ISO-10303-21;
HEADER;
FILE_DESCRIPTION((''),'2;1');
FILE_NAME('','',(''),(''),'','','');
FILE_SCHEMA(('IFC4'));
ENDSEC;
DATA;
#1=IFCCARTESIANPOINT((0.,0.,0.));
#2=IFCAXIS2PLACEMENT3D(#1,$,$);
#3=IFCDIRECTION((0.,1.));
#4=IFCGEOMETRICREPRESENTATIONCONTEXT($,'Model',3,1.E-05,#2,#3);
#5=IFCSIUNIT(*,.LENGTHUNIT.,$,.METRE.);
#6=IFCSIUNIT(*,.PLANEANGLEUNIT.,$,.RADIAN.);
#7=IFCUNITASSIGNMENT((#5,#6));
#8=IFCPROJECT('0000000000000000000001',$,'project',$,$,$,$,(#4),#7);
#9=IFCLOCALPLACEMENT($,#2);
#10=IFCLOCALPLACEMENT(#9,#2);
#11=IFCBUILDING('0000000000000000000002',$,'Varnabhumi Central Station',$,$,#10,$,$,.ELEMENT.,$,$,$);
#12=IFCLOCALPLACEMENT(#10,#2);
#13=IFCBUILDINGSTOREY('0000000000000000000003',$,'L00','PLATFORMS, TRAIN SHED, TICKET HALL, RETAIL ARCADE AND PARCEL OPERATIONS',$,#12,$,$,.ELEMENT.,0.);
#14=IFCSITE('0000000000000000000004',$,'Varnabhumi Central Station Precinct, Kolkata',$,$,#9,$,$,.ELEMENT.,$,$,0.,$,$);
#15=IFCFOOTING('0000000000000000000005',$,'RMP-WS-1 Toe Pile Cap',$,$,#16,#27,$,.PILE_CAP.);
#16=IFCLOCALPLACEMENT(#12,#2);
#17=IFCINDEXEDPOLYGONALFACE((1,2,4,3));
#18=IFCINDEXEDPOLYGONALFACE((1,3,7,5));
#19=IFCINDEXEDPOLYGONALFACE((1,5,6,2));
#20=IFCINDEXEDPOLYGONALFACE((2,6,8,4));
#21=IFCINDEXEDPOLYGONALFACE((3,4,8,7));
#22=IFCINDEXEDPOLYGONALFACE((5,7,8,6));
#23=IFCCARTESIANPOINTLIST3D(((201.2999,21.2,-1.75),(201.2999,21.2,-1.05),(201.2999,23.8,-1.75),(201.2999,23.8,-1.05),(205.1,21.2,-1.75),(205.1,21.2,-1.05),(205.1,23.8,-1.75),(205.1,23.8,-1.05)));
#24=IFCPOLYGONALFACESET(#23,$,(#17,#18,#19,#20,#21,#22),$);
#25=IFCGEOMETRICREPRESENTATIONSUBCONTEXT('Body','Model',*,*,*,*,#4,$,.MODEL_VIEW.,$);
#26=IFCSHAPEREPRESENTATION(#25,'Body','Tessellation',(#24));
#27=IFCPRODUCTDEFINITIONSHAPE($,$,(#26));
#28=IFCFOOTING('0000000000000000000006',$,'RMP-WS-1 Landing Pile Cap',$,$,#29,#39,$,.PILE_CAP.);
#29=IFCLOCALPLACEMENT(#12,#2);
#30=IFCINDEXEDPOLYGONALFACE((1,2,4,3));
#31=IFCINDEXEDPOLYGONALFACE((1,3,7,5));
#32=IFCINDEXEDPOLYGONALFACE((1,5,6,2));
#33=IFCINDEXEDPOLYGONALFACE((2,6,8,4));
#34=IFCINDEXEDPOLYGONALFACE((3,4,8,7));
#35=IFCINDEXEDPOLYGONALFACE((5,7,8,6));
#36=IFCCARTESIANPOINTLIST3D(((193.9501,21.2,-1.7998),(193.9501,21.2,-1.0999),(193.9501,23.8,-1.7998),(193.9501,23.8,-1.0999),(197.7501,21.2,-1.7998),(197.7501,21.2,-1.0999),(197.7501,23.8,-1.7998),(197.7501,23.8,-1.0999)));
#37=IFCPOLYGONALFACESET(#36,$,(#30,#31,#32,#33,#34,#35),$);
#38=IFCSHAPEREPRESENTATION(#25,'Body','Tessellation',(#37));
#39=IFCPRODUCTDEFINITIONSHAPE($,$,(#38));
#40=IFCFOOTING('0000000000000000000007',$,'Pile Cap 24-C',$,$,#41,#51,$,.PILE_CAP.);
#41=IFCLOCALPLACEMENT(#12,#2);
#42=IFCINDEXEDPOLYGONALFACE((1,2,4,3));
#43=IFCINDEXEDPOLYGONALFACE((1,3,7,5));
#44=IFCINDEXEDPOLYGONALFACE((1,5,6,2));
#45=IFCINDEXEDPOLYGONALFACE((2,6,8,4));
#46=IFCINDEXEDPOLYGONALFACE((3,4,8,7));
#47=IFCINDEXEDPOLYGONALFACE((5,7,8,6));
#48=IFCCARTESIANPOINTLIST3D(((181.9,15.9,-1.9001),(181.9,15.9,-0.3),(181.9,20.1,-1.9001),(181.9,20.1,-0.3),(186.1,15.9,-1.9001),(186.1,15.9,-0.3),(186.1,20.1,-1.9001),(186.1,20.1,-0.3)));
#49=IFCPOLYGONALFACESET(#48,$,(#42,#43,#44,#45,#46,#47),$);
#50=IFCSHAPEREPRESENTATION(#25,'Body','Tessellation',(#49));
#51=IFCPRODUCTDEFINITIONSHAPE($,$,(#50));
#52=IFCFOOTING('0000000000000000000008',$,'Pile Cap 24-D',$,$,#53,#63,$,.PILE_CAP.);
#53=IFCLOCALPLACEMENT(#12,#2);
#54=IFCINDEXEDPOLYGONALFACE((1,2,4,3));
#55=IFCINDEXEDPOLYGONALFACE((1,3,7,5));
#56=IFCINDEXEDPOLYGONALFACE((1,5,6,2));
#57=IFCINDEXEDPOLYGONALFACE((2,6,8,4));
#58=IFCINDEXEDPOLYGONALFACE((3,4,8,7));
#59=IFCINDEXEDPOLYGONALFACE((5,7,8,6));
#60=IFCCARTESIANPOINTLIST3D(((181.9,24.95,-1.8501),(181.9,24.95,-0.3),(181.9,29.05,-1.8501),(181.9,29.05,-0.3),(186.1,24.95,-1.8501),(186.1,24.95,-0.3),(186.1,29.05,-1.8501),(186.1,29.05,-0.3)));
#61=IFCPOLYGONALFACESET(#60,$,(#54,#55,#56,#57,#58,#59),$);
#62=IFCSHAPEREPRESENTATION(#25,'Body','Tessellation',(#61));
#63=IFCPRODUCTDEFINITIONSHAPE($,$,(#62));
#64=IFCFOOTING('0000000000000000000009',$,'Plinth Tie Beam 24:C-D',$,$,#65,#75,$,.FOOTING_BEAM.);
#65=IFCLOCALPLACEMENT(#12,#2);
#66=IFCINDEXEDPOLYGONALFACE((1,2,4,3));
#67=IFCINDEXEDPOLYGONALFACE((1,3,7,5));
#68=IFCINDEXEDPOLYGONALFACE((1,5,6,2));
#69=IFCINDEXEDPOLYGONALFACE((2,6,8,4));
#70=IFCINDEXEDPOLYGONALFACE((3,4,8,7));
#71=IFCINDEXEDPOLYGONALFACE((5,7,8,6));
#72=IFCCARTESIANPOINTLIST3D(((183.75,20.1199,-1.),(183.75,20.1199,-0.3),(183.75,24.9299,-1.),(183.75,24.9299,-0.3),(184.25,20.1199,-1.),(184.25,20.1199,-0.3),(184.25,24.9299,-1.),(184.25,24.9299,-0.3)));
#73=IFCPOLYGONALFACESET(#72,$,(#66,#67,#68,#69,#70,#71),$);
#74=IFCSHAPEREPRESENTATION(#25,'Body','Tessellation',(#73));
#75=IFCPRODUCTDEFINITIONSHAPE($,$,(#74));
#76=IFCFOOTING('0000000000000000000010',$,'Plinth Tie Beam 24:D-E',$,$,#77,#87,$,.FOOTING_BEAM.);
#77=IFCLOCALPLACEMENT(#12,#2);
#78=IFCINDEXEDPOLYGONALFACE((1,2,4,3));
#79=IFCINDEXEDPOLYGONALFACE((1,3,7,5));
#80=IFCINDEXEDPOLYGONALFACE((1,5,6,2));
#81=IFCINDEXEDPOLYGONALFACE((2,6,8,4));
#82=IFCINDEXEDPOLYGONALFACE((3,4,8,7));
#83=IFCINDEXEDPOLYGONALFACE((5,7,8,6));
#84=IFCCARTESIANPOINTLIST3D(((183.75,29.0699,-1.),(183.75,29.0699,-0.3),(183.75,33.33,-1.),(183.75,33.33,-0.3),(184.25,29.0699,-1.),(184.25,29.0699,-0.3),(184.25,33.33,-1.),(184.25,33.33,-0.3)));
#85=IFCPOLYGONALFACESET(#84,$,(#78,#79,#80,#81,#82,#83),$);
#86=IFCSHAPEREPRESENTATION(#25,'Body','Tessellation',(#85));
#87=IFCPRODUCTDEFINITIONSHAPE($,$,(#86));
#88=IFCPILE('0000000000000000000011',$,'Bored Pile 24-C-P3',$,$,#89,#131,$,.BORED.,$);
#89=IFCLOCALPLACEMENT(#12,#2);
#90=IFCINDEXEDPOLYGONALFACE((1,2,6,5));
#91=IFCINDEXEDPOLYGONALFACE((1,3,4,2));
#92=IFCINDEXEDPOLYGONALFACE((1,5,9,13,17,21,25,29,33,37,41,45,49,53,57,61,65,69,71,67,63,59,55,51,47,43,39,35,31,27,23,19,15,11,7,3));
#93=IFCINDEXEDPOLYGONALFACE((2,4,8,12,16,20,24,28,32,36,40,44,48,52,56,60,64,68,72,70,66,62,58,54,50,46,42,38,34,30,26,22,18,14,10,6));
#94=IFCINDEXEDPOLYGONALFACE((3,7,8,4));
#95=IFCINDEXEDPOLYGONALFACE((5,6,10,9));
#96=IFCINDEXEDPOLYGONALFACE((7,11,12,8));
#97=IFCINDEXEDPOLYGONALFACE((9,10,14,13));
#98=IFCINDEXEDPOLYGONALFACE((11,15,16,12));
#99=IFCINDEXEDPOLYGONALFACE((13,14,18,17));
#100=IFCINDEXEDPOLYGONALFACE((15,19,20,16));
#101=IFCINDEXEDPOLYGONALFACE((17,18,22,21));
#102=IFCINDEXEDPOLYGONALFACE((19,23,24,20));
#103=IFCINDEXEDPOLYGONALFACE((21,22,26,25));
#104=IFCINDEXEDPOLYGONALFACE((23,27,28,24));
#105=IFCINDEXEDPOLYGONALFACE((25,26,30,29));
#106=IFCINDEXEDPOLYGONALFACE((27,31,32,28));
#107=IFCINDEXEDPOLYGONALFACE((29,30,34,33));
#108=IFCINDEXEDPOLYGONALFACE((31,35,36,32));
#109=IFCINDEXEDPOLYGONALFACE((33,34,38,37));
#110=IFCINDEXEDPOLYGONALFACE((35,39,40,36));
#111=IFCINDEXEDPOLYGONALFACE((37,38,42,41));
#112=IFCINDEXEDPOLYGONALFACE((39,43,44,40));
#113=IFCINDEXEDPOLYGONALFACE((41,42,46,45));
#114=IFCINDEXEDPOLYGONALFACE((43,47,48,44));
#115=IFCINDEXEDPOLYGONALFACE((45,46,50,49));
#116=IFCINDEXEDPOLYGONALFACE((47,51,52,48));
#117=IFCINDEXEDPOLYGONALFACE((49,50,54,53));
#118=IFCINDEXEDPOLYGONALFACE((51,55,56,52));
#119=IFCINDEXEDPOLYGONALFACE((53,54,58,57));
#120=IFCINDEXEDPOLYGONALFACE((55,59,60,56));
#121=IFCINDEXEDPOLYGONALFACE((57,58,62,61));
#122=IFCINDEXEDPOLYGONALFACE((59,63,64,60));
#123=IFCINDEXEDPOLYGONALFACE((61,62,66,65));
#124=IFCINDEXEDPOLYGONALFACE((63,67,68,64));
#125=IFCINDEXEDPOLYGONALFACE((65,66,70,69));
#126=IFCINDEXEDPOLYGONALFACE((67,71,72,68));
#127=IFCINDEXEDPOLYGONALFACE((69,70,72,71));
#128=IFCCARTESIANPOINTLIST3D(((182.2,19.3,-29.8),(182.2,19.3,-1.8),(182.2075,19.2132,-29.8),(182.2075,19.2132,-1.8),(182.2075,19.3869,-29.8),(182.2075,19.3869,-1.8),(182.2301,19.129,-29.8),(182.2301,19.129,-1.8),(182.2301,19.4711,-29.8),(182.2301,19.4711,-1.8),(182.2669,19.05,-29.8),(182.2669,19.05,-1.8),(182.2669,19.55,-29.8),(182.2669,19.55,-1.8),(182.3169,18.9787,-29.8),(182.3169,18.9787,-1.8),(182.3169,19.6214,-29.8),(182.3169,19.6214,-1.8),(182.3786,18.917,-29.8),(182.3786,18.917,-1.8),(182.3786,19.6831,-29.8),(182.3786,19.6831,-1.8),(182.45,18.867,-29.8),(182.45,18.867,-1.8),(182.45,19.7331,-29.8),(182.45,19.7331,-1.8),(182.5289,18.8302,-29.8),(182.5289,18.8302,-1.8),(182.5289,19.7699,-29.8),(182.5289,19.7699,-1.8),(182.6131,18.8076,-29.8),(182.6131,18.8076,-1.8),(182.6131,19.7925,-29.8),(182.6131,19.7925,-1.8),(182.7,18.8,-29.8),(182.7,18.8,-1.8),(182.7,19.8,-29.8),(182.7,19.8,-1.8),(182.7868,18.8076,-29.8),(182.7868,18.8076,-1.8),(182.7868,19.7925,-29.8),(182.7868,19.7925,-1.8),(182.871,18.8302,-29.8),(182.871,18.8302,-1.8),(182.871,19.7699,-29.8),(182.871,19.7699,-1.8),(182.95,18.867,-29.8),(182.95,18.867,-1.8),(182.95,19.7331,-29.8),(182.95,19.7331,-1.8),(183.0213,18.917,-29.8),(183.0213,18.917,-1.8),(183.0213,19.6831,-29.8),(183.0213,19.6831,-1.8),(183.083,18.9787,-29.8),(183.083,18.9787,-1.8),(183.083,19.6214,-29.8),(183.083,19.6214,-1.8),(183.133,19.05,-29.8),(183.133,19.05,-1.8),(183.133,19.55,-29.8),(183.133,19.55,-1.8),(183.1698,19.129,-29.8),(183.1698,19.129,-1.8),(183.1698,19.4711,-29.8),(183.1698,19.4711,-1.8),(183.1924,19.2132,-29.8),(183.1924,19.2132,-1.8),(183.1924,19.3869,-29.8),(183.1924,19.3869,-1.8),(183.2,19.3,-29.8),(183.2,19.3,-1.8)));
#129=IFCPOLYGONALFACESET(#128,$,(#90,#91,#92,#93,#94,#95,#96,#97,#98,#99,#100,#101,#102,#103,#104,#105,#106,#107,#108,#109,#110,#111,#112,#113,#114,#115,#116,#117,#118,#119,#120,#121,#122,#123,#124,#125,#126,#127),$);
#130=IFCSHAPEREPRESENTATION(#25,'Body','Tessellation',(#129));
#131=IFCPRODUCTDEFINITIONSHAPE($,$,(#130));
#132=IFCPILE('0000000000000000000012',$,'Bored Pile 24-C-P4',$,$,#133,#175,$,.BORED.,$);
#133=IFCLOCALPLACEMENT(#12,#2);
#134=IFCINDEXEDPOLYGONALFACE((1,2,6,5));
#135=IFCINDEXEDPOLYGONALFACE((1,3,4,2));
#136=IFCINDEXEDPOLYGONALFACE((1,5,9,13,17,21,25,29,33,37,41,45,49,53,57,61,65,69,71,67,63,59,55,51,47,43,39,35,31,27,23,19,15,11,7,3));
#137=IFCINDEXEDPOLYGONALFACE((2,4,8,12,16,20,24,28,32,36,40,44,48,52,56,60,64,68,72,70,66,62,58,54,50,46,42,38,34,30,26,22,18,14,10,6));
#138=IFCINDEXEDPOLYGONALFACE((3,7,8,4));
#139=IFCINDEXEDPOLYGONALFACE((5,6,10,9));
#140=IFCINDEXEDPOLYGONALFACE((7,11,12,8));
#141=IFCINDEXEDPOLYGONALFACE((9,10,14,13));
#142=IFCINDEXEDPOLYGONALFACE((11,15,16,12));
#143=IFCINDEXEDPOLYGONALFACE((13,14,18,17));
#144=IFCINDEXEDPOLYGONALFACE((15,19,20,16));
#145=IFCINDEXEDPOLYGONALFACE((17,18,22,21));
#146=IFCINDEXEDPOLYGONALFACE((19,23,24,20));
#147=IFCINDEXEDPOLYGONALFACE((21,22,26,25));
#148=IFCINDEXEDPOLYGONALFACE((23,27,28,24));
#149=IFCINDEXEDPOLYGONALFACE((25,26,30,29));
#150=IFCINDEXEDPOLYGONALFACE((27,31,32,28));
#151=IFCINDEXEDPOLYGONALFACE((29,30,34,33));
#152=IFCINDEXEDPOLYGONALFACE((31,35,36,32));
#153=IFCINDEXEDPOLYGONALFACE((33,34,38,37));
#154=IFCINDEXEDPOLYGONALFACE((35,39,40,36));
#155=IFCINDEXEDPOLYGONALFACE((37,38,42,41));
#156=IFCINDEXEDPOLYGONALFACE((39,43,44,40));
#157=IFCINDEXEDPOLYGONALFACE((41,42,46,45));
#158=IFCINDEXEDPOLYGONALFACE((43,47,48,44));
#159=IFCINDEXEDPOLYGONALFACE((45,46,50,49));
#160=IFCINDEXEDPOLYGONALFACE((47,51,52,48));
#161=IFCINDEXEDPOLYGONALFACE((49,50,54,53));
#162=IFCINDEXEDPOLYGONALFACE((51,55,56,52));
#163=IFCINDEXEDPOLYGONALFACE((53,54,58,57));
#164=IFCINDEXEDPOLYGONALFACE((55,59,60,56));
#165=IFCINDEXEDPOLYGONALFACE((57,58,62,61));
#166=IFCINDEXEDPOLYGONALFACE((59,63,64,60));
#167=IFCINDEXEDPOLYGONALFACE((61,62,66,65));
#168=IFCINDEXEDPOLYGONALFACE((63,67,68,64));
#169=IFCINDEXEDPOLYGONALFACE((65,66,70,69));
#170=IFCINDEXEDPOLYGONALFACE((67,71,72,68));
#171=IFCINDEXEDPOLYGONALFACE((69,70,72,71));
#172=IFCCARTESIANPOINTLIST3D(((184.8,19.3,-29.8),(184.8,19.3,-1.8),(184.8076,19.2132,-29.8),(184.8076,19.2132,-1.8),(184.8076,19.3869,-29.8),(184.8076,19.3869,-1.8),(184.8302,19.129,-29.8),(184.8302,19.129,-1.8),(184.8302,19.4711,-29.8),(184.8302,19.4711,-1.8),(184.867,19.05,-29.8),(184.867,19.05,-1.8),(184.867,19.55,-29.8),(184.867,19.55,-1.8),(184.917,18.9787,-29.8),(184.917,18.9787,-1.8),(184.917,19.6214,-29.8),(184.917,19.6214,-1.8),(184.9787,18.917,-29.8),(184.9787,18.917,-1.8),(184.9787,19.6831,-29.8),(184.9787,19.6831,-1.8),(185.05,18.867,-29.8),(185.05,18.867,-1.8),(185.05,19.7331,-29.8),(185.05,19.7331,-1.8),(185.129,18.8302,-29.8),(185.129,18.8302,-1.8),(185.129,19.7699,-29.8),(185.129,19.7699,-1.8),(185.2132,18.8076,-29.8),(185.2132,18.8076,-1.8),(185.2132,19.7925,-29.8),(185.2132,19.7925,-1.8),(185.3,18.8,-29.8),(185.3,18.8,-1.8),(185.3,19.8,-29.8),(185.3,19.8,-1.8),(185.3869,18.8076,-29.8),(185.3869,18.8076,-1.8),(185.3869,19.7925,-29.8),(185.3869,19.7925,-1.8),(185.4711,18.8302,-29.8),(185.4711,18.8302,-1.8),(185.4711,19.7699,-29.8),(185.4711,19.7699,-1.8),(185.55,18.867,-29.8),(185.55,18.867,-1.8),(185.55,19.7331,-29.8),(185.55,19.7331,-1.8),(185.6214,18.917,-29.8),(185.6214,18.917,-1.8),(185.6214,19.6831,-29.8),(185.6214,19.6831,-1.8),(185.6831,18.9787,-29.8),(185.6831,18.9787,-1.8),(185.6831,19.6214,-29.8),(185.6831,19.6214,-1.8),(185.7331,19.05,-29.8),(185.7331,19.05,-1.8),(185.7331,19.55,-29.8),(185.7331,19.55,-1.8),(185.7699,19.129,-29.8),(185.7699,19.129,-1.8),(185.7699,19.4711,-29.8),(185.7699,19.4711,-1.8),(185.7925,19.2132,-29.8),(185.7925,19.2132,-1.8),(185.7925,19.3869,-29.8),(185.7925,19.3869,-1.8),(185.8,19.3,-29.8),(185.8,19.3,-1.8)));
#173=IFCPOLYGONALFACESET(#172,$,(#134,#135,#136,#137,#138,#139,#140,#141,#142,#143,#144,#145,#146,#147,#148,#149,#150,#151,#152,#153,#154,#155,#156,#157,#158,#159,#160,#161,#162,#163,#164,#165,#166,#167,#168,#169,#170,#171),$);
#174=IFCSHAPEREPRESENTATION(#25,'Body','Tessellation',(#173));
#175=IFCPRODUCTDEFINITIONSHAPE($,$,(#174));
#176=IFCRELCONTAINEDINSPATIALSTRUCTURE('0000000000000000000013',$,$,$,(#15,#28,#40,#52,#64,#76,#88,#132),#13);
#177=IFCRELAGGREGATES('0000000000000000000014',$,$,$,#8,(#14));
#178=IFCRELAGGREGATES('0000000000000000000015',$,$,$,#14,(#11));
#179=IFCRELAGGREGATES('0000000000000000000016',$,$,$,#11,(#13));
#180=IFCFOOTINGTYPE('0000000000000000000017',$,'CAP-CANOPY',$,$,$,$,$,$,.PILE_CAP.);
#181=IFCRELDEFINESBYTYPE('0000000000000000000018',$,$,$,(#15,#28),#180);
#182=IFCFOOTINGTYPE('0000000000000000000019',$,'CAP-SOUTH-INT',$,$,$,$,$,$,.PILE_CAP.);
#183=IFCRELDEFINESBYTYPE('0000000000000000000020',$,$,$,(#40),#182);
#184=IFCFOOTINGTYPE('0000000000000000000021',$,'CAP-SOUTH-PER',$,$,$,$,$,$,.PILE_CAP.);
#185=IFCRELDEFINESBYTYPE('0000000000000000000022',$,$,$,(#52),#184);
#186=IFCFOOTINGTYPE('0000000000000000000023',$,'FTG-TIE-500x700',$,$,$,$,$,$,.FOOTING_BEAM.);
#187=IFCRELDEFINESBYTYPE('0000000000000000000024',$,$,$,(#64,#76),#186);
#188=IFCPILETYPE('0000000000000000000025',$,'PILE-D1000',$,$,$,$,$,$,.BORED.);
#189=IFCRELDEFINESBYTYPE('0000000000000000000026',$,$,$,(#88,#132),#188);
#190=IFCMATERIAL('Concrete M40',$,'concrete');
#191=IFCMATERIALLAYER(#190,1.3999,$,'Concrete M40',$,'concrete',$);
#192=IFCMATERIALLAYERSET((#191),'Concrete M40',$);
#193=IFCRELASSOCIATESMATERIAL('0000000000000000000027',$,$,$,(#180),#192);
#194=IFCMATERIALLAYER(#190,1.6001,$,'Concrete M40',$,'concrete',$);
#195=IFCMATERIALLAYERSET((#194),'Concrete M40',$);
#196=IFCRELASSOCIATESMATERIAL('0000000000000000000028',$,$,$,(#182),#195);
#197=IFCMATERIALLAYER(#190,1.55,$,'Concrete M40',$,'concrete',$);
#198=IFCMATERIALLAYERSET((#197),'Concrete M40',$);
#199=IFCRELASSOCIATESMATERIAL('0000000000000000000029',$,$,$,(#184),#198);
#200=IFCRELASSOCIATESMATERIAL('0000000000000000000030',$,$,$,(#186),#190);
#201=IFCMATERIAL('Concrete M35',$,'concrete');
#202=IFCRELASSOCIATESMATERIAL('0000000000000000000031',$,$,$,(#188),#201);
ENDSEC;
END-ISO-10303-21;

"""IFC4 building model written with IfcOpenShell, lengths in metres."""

from ifc_helpers import new_model, si_unit, direction, frame, origin, origin_2d, place, context, subcontext, project, spatial, rectangle, circle, extrude, material, layer, layer_set, material_profile, profile_set, type_object, element, save


model = new_model("IFC4")

# Units and contexts
model_context = context("Model", 3, precision=1e-05, world=origin(), true_north=direction((0.0, 1.0)))
body_context = subcontext(model_context, "Body", "Model", "MODEL_VIEW")
ifc_project = project(units=[si_unit("LENGTHUNIT", "METRE"), si_unit("PLANEANGLEUNIT", "RADIAN")], contexts=[model_context])

# Site, building, storey
site_placement = place(None, origin())
site = spatial("IfcSite", under=ifc_project, at=site_placement, Name="Varnabhumi Central Station Precinct, Kolkata", CompositionType="ELEMENT", RefElevation=0.0)
building_placement = place(site_placement, origin())
building = spatial("IfcBuilding", under=site, at=building_placement, Name="Varnabhumi Central Station", CompositionType="ELEMENT")
storey_placement = place(building_placement, origin())
storey = spatial("IfcBuildingStorey", under=building, at=storey_placement, Name="L00", Description="PLATFORMS, TRAIN SHED, TICKET HALL, RETAIL ARCADE AND PARCEL OPERATIONS", CompositionType="ELEMENT", Elevation=0.0)

# Footings
ifc_material_1 = material(Name="Concrete M40", Category="concrete")
ifc_layer_1 = layer(ifc_material_1, 1.3999, Name="Concrete M40", Category="concrete")
ifc_layer_set_1 = layer_set([ifc_layer_1], Name="Concrete M40")
footing_type_1 = type_object("IfcFootingType", Name="CAP-CANOPY", PredefinedType="PILE_CAP", material=ifc_layer_set_1)
for number, where, z_axis, x_axis, name in (
    (1, (203.2, 22.5, -1.75), (0.0, 0.0, 1.0), (1.0, 0.0, 0.0), "RMP-WS-1 Toe Pile Cap"),
    (2, (195.8501, 22.5, -1.7998), (0.0, 0.0, 1.0), (1.0, 0.0, 0.0), "RMP-WS-1 Landing Pile Cap"),
):
    element("IfcFooting", number, at=place(storey_placement, frame(where, z_axis=z_axis, x_axis=x_axis)), inside=storey, type_object=footing_type_1, Name=name, PredefinedType="PILE_CAP", context=body_context, shape_type="SweptSolid", body=[
        extrude(rectangle(XDim=3.8, YDim=2.6001, at=origin_2d()), origin(), (0.0, 0.0, 1.0), 0.7),
    ])
ifc_layer_2 = layer(ifc_material_1, 1.6001, Name="Concrete M40", Category="concrete")
ifc_layer_set_2 = layer_set([ifc_layer_2], Name="Concrete M40")
footing_type_2 = type_object("IfcFootingType", Name="CAP-SOUTH-INT", PredefinedType="PILE_CAP", material=ifc_layer_set_2)
footing_1_placement = place(storey_placement, frame((184.0, 18.0, -1.9001), z_axis=(0.0, 0.0, 1.0), x_axis=(1.0, 0.0, 0.0)))
element("IfcFooting", 3, at=footing_1_placement, inside=storey, type_object=footing_type_2, Name="Pile Cap 24-C", PredefinedType="PILE_CAP", context=body_context, shape_type="SweptSolid", body=[
    extrude(rectangle(XDim=4.2, YDim=4.2, at=origin_2d()), origin(), (0.0, 0.0, 1.0), 1.6001),
])
ifc_layer_3 = layer(ifc_material_1, 1.55, Name="Concrete M40", Category="concrete")
ifc_layer_set_3 = layer_set([ifc_layer_3], Name="Concrete M40")
footing_type_3 = type_object("IfcFootingType", Name="CAP-SOUTH-PER", PredefinedType="PILE_CAP", material=ifc_layer_set_3)
footing_2_placement = place(storey_placement, frame((184.0, 27.0, -1.8501), z_axis=(0.0, 0.0, 1.0), x_axis=(1.0, 0.0, 0.0)))
element("IfcFooting", 4, at=footing_2_placement, inside=storey, type_object=footing_type_3, Name="Pile Cap 24-D", PredefinedType="PILE_CAP", context=body_context, shape_type="SweptSolid", body=[
    extrude(rectangle(XDim=4.2, YDim=4.1001, at=origin_2d()), origin(), (0.0, 0.0, 1.0), 1.55),
])
footing_type_4 = type_object("IfcFootingType", Name="FTG-TIE-500x700", PredefinedType="FOOTING_BEAM", material=ifc_material_1)
footing_3_placement = place(storey_placement, frame((184.0, 22.5249, -1.0), z_axis=(0.0, 0.0, 1.0), x_axis=(1.0, 0.0, 0.0)))
element("IfcFooting", 5, at=footing_3_placement, inside=storey, type_object=footing_type_4, Name="Plinth Tie Beam 24:C-D", PredefinedType="FOOTING_BEAM", context=body_context, shape_type="SweptSolid", body=[
    extrude(rectangle(XDim=0.5, YDim=4.8101, at=origin_2d()), origin(), (0.0, 0.0, 1.0), 0.7),
])
footing_4_placement = place(storey_placement, frame((184.0, 31.2, -1.0), z_axis=(0.0, 0.0, 1.0), x_axis=(1.0, 0.0, 0.0)))
element("IfcFooting", 6, at=footing_4_placement, inside=storey, type_object=footing_type_4, Name="Plinth Tie Beam 24:D-E", PredefinedType="FOOTING_BEAM", context=body_context, shape_type="SweptSolid", body=[
    extrude(rectangle(XDim=0.5, YDim=4.26, at=origin_2d()), origin(), (0.0, 0.0, 1.0), 0.7),
])

# Piles
ifc_material_2 = material(Name="Concrete M35", Category="concrete")
ifc_material_profile_1 = material_profile(ifc_material_2, circle(Radius=0.5, at=origin_2d()), Name="Concrete M35", Category="concrete")
ifc_profile_set_1 = profile_set([ifc_material_profile_1], Name="Concrete M35")
pile_type_1 = type_object("IfcPileType", Name="PILE-D1000", PredefinedType="BORED", material=ifc_profile_set_1)
for number, where, z_axis, x_axis, name in (
    (7, (182.7, 19.3, -1.8), (0.0, 0.0, -1.0), (1.0, 0.0, 0.0), "Bored Pile 24-C-P3"),
    (8, (185.3, 19.3, -1.8), (0.0, 0.0, -1.0), (1.0, 0.0, 0.0), "Bored Pile 24-C-P4"),
):
    element("IfcPile", number, at=place(storey_placement, frame(where, z_axis=z_axis, x_axis=x_axis)), inside=storey, type_object=pile_type_1, Name=name, PredefinedType="BORED", context=body_context, shape_type="SweptSolid", body=[
        extrude(circle(Radius=0.5, at=origin_2d()), origin(), (0.0, 0.0, 1.0), 28.0),
    ])

save(model, "model.ifc")
